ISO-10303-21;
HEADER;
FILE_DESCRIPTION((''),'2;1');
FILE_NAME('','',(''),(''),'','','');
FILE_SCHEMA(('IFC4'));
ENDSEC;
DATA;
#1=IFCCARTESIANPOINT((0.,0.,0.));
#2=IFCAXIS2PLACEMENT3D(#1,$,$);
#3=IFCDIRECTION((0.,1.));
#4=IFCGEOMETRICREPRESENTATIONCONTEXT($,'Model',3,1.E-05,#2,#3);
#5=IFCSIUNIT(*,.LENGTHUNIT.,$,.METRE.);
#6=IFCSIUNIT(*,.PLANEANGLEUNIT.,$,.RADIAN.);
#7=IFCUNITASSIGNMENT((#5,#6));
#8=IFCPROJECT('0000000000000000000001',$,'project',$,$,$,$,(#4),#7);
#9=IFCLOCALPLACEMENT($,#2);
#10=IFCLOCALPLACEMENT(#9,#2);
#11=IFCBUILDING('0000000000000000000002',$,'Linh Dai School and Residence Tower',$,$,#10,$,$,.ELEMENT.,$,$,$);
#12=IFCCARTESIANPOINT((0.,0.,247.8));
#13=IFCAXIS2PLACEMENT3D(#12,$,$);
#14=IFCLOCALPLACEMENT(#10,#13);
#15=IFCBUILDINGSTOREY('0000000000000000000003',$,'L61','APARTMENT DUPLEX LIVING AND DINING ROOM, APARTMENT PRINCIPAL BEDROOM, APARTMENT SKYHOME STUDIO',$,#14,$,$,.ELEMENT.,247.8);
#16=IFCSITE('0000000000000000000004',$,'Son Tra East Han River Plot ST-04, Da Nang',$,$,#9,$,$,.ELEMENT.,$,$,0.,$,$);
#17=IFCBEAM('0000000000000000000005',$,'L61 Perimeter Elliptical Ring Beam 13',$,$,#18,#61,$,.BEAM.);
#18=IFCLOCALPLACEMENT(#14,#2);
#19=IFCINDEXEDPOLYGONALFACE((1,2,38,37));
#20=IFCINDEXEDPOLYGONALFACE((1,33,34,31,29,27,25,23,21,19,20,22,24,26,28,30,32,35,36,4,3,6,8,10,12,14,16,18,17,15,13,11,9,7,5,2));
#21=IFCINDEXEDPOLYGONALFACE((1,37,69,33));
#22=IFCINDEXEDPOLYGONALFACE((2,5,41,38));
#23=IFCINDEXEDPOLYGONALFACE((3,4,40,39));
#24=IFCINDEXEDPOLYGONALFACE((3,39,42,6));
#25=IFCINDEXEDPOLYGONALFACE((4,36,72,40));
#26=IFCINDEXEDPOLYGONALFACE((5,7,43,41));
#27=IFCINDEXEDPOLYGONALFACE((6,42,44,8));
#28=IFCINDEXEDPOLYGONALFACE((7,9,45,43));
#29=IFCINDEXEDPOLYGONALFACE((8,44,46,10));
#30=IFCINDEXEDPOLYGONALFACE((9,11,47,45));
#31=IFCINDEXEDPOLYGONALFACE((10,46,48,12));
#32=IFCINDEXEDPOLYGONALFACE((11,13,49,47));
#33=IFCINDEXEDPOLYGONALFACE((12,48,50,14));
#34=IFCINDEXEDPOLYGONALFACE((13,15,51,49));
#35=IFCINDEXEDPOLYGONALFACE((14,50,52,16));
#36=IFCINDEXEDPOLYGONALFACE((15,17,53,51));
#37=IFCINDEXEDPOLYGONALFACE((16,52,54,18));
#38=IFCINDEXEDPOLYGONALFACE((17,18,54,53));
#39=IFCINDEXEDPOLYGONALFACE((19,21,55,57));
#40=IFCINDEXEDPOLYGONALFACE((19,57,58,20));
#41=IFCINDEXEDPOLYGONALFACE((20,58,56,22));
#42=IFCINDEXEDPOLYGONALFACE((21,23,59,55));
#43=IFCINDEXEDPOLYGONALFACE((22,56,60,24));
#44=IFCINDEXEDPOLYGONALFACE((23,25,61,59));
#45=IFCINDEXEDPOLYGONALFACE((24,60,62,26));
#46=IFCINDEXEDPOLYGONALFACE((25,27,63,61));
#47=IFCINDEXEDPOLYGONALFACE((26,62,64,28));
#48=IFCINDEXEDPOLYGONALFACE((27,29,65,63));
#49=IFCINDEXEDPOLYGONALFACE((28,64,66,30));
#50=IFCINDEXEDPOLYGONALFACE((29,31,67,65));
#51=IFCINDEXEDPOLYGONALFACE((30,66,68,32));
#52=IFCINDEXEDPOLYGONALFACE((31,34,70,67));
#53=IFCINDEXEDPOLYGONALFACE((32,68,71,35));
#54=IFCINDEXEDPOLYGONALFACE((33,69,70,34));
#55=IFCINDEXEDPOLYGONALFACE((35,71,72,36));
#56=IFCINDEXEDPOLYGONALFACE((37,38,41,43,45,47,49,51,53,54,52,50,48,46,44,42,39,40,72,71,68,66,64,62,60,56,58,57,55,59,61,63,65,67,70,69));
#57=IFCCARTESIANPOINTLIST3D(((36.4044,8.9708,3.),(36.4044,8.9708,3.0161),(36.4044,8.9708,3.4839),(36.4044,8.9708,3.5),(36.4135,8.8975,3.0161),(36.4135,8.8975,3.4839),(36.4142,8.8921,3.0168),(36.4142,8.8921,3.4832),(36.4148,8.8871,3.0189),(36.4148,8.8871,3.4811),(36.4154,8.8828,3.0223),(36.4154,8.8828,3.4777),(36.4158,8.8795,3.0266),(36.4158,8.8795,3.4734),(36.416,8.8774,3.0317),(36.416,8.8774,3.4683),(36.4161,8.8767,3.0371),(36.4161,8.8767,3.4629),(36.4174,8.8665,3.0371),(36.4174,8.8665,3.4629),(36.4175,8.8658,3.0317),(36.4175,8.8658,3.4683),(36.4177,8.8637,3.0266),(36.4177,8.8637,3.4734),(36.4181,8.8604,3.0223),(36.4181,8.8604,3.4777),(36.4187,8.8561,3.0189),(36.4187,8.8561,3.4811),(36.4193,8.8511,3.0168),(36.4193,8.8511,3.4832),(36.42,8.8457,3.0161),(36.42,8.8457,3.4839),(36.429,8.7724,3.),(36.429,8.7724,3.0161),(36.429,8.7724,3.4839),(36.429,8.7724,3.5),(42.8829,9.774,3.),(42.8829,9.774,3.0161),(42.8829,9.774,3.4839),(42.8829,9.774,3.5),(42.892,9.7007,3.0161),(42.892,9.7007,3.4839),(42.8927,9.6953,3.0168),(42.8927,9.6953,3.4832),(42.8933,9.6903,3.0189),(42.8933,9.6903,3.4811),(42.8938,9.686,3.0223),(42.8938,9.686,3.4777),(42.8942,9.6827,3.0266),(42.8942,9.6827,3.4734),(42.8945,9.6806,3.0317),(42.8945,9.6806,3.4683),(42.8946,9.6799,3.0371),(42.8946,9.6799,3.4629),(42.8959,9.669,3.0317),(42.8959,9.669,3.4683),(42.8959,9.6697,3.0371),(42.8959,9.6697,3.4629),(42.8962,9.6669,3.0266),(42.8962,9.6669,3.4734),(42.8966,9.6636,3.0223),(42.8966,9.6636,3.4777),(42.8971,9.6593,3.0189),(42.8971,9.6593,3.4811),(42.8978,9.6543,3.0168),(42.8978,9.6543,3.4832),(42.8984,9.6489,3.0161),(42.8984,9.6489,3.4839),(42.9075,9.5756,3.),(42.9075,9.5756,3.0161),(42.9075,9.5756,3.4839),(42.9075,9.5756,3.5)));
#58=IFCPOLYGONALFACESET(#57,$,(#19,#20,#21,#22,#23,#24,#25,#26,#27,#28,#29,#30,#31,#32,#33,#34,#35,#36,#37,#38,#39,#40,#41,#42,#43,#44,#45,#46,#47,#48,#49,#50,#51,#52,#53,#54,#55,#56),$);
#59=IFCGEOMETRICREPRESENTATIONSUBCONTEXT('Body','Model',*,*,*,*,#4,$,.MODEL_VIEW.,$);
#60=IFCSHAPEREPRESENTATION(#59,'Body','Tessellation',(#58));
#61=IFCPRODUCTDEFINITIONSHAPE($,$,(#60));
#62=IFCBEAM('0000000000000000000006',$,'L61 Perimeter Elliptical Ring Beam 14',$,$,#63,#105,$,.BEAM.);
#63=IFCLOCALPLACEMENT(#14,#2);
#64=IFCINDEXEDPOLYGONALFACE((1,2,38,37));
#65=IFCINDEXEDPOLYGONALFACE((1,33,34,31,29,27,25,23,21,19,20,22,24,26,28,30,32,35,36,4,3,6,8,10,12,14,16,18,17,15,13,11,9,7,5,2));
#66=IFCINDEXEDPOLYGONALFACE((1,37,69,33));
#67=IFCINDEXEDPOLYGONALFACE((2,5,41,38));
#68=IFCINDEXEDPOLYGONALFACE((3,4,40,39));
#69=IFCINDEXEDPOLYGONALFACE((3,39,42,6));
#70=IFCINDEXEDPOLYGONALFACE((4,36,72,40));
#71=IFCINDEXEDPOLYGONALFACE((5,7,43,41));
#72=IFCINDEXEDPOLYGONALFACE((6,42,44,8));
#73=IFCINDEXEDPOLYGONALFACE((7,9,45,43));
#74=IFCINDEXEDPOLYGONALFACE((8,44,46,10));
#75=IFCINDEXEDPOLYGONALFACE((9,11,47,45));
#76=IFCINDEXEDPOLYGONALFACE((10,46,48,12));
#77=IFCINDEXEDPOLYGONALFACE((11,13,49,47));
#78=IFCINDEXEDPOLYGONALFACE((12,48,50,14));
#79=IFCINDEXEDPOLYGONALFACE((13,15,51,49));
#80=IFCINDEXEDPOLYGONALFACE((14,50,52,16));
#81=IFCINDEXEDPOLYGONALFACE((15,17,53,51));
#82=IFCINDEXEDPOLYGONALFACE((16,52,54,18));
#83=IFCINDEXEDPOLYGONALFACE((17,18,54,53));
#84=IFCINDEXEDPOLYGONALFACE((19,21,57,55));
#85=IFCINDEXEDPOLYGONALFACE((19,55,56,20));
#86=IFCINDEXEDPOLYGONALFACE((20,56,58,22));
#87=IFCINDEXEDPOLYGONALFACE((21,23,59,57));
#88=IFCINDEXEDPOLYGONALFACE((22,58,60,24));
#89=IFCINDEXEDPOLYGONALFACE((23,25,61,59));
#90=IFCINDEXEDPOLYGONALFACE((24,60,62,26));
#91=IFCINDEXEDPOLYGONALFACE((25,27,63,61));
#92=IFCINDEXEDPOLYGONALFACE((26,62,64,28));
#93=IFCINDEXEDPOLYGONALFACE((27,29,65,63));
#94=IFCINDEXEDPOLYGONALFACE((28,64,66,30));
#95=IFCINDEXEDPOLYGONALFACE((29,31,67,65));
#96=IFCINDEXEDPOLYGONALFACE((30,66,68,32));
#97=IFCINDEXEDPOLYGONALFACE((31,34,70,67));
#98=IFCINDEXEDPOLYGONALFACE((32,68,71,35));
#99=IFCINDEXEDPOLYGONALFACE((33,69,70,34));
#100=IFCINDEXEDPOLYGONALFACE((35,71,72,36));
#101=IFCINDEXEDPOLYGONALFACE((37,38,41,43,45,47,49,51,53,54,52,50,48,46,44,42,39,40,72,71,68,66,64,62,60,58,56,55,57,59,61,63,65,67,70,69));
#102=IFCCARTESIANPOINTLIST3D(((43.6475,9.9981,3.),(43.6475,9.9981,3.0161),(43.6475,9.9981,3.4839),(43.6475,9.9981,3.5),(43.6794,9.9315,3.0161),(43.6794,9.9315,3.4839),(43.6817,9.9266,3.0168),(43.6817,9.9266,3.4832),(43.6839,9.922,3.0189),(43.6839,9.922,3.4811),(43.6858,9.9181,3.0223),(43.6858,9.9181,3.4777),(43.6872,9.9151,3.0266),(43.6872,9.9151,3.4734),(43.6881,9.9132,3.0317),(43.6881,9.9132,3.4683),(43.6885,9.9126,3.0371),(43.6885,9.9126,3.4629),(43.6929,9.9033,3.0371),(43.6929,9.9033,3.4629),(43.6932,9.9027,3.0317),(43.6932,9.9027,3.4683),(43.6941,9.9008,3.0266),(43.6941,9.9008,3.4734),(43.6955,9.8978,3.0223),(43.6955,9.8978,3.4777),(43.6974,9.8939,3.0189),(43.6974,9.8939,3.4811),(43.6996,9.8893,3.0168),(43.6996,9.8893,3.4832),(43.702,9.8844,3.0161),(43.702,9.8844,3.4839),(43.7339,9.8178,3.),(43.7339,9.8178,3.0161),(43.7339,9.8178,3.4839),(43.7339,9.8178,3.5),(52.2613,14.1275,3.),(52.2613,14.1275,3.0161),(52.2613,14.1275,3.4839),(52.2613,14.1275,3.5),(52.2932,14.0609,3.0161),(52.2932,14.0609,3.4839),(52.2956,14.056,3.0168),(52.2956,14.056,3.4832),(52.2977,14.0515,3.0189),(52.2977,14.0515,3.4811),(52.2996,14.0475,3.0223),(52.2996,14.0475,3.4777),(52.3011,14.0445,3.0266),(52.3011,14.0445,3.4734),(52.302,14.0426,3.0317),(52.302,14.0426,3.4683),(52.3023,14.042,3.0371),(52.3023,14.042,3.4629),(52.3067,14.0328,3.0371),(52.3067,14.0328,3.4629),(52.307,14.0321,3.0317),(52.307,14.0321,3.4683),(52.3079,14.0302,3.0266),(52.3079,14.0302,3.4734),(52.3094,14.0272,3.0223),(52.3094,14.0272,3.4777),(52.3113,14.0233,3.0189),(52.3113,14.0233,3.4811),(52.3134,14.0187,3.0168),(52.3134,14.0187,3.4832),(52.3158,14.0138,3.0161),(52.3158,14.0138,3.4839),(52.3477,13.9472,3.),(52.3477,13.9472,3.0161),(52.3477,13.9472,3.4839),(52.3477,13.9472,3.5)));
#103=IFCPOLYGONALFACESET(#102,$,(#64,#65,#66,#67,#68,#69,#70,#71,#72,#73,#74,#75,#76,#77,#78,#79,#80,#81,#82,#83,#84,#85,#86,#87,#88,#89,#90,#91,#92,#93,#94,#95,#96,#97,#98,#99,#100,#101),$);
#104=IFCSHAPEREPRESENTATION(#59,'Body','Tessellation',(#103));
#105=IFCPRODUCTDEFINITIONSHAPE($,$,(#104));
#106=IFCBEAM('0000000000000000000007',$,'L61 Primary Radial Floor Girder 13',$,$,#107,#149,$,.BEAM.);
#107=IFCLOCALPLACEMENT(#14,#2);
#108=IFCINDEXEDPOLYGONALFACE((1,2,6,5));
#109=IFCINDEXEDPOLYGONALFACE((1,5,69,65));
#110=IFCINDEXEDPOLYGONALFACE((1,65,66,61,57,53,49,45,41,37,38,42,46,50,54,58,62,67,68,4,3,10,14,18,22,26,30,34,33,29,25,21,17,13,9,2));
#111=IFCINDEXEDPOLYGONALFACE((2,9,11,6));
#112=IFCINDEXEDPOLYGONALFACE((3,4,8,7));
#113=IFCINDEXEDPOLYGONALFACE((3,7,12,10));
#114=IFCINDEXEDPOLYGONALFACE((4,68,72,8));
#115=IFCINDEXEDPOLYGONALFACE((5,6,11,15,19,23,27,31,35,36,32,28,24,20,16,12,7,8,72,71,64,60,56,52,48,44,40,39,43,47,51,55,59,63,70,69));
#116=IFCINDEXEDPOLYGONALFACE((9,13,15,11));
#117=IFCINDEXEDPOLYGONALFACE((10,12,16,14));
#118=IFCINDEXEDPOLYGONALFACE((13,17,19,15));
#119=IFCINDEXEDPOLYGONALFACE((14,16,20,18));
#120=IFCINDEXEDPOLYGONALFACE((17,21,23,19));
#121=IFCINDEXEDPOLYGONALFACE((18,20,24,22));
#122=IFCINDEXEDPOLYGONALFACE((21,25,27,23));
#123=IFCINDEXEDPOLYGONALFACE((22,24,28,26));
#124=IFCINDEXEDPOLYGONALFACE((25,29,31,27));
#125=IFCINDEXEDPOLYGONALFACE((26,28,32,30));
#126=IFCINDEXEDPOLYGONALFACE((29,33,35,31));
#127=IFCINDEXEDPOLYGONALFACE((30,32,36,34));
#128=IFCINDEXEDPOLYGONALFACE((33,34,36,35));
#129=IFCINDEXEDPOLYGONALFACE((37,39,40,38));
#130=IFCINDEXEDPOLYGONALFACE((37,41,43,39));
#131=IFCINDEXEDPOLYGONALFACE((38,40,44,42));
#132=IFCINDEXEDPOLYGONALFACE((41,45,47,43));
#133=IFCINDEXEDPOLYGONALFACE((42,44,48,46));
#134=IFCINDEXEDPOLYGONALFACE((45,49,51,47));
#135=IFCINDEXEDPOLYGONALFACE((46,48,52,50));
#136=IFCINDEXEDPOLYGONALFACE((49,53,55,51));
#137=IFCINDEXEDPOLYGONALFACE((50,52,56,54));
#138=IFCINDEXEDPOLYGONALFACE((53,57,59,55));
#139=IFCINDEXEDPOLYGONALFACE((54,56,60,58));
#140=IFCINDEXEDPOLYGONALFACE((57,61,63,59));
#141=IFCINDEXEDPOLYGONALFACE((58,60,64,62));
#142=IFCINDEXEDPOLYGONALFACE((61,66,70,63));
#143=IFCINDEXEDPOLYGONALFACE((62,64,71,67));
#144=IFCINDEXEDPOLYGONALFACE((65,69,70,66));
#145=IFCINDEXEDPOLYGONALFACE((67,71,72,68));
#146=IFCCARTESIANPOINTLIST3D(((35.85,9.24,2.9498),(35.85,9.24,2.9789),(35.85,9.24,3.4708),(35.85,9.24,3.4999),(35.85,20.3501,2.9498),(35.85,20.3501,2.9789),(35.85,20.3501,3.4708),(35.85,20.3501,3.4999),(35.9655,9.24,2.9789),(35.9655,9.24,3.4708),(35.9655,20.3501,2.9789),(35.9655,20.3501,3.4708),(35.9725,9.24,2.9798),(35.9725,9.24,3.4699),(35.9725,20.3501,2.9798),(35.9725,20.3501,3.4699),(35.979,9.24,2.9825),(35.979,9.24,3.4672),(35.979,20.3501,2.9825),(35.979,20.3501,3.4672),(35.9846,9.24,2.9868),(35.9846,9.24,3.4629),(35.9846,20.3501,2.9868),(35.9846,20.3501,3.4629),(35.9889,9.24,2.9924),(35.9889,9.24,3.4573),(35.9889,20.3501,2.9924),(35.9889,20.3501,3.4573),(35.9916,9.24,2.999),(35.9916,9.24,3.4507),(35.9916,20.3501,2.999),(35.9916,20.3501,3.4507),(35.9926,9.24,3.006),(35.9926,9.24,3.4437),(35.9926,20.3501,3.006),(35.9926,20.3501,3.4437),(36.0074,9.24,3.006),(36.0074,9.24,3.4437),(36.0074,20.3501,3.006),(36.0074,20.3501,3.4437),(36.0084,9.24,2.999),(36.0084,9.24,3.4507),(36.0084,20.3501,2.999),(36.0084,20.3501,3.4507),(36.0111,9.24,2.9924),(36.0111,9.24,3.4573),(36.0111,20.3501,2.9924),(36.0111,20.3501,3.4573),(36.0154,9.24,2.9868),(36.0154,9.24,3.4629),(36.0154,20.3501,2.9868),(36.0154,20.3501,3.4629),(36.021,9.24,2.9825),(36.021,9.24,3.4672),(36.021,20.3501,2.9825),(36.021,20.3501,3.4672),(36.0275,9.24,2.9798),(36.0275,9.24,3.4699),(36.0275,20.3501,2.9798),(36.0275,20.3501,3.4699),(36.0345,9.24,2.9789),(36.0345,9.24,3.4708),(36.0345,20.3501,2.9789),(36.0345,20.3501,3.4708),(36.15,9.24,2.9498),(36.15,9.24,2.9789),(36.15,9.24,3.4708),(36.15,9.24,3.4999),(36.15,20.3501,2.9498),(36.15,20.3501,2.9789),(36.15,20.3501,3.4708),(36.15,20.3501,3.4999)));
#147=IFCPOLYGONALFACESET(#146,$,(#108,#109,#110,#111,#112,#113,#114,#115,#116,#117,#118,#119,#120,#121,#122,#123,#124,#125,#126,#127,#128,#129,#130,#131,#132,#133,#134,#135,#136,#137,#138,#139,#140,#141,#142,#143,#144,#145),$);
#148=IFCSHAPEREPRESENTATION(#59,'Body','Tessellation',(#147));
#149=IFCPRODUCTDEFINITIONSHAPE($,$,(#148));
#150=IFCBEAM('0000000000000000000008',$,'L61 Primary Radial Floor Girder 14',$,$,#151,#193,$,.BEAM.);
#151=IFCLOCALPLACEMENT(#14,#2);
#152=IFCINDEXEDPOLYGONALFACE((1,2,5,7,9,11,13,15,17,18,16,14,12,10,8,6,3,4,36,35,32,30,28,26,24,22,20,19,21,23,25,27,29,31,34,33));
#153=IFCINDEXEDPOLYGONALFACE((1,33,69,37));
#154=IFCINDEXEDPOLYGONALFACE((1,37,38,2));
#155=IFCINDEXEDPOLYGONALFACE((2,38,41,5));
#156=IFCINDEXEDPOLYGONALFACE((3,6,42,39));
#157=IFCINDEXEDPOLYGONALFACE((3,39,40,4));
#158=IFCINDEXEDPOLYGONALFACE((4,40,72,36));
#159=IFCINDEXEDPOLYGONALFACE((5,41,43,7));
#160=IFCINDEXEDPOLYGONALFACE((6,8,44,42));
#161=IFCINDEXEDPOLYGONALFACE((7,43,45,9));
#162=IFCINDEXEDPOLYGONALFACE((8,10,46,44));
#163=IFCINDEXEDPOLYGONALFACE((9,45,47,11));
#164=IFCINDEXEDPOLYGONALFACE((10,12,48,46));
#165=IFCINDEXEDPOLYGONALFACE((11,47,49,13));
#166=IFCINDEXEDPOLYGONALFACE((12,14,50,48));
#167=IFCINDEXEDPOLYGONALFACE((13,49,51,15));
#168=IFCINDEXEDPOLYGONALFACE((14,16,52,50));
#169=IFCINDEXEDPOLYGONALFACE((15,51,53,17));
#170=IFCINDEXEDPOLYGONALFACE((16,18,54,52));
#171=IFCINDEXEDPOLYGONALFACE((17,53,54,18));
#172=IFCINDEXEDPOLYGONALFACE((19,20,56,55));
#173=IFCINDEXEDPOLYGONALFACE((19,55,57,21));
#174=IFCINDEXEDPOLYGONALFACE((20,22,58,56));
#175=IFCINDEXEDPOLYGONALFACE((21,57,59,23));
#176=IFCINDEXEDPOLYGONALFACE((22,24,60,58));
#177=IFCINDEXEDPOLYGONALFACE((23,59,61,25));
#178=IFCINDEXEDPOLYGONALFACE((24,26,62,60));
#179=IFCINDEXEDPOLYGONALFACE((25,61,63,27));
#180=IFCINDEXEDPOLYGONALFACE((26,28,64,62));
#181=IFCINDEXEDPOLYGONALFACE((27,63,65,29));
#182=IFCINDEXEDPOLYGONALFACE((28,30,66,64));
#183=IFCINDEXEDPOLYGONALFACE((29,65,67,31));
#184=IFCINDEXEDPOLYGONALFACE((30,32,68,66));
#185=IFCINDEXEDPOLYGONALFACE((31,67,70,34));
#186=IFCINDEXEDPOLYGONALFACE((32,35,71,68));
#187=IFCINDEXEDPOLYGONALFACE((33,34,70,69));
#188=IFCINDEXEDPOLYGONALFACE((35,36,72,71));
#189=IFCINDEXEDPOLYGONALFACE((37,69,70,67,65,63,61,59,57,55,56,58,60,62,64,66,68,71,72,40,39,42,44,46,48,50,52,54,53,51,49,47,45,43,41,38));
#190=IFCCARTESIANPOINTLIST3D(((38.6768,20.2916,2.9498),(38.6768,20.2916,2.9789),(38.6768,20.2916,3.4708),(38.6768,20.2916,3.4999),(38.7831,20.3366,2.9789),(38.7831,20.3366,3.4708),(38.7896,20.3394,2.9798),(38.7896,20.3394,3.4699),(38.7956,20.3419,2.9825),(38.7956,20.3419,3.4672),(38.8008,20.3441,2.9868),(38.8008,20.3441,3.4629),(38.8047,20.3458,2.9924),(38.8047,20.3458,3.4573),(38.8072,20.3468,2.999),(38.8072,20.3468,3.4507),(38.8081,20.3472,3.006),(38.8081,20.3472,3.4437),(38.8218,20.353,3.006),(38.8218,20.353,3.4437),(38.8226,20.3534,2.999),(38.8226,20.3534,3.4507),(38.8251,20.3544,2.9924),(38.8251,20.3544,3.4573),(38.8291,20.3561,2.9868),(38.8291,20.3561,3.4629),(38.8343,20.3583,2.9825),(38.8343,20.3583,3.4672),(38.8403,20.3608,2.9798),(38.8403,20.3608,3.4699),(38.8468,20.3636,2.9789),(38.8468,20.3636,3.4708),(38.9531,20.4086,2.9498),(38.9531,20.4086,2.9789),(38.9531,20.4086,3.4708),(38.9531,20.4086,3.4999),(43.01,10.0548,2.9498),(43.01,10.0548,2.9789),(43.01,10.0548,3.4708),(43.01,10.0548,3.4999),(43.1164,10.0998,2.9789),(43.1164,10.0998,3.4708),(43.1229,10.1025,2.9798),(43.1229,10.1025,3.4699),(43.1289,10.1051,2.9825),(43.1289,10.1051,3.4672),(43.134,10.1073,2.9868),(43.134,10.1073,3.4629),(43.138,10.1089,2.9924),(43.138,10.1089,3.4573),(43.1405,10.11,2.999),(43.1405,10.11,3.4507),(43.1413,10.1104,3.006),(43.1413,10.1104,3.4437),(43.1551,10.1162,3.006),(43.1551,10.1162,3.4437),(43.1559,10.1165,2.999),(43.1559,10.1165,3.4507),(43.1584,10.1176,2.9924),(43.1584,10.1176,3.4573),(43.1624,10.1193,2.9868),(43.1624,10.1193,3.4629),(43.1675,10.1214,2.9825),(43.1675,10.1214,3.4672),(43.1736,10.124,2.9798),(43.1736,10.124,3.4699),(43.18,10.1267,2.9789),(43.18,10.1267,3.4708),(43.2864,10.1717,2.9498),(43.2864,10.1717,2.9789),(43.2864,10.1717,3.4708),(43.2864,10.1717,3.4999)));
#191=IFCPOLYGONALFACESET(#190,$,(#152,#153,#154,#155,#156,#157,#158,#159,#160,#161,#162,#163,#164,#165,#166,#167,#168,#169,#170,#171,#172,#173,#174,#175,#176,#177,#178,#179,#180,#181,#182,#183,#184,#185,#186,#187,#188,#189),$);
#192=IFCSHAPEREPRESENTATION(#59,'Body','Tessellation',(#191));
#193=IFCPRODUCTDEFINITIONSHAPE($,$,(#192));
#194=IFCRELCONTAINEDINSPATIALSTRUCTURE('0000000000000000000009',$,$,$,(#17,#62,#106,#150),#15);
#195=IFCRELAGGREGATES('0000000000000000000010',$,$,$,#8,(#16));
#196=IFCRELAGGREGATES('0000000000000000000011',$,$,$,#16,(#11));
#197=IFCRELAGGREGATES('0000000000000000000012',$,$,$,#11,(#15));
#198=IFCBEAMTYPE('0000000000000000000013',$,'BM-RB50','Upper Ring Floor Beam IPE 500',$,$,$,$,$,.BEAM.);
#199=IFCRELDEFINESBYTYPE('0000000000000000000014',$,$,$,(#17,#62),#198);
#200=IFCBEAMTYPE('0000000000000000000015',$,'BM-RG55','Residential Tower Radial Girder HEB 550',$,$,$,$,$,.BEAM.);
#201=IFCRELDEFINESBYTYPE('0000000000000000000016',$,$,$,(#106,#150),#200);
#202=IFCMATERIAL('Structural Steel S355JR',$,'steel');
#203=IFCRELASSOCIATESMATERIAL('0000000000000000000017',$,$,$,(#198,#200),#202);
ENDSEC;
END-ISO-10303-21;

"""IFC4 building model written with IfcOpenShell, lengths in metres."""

from ifc_helpers import new_model, si_unit, direction, frame, origin, origin_2d, place, context, subcontext, project, spatial, i_section, extrude, material, material_profile, profile_set, type_object, element, save


model = new_model("IFC4")

# Units and contexts
model_context = context("Model", 3, precision=1e-05, world=origin(), true_north=direction((0.0, 1.0)))
body_context = subcontext(model_context, "Body", "Model", "MODEL_VIEW")
ifc_project = project(units=[si_unit("LENGTHUNIT", "METRE"), si_unit("PLANEANGLEUNIT", "RADIAN")], contexts=[model_context])

# Site, building, storey
site_placement = place(None, origin())
site = spatial("IfcSite", under=ifc_project, at=site_placement, Name="Son Tra East Han River Plot ST-04, Da Nang", CompositionType="ELEMENT", RefElevation=0.0)
building_placement = place(site_placement, origin())
building = spatial("IfcBuilding", under=site, at=building_placement, Name="Linh Dai School and Residence Tower", CompositionType="ELEMENT")
storey_placement = place(building_placement, frame((0.0, 0.0, 247.8)))
storey = spatial("IfcBuildingStorey", under=building, at=storey_placement, Name="L61", Description="APARTMENT DUPLEX LIVING AND DINING ROOM, APARTMENT PRINCIPAL BEDROOM, APARTMENT SKYHOME STUDIO", CompositionType="ELEMENT", Elevation=247.8)

# Shared definitions
ifc_material_1 = material(Name="Structural Steel S355JR", Category="steel")

# Beams
ifc_material_profile_1 = material_profile(ifc_material_1, i_section(OverallWidth=0.2, OverallDepth=0.5, WebThickness=0.0103, FlangeThickness=0.0161, FilletRadius=0.021, at=origin_2d()), Name="IPE 500")
ifc_profile_set_1 = profile_set([ifc_material_profile_1], Name="Structural Steel S355JR")
beam_type_1 = type_object("IfcBeamType", Name="BM-RB50", Description="Upper Ring Floor Beam IPE 500", PredefinedType="BEAM", material=ifc_profile_set_1)
beam_1_placement = place(storey_placement, frame((36.4167, 8.8716, 3.25), z_axis=(0.992402, 0.12304, 0.0), x_axis=(-0.12304, 0.992402, 0.0)))
element("IfcBeam", 1, at=beam_1_placement, inside=storey, type_object=beam_type_1, Name="L61 Perimeter Elliptical Ring Beam 13", PredefinedType="BEAM", context=body_context, shape_type="SweptSolid", body=[
    extrude(i_section(OverallWidth=0.2, OverallDepth=0.5, WebThickness=0.0103, FlangeThickness=0.0161, FilletRadius=0.021, at=origin_2d()), origin(), (0.0, 0.0, 1.0), 6.5281),
])
beam_2_placement = place(storey_placement, frame((43.6907, 9.908, 3.25), z_axis=(0.901736, 0.432287, 0.0), x_axis=(-0.432287, 0.901736, 0.0)))
element("IfcBeam", 2, at=beam_2_placement, inside=storey, type_object=beam_type_1, Name="L61 Perimeter Elliptical Ring Beam 14", PredefinedType="BEAM", context=body_context, shape_type="SweptSolid", body=[
    extrude(i_section(OverallWidth=0.2, OverallDepth=0.5, WebThickness=0.0103, FlangeThickness=0.0161, FilletRadius=0.021, at=origin_2d()), origin(), (0.0, 0.0, 1.0), 9.5525),
])
ifc_material_profile_2 = material_profile(ifc_material_1, i_section(OverallWidth=0.3, OverallDepth=0.55, WebThickness=0.0149, FlangeThickness=0.0291, FilletRadius=0.0271, at=origin_2d()), Name="HEB 550")
ifc_profile_set_2 = profile_set([ifc_material_profile_2], Name="Structural Steel S355JR")
beam_type_2 = type_object("IfcBeamType", Name="BM-RG55", Description="Residential Tower Radial Girder HEB 550", PredefinedType="BEAM", material=ifc_profile_set_2)
beam_3_placement = place(storey_placement, frame((36.0, 20.3501, 3.2249), z_axis=(0.0, -1.0, 0.0), x_axis=(1.0, 0.0, 0.0)))
element("IfcBeam", 3, at=beam_3_placement, inside=storey, type_object=beam_type_2, Name="L61 Primary Radial Floor Girder 13", PredefinedType="BEAM", context=body_context, shape_type="SweptSolid", body=[
    extrude(i_section(OverallWidth=0.3, OverallDepth=0.55, WebThickness=0.0149, FlangeThickness=0.0291, FilletRadius=0.0271, at=origin_2d()), origin(), (0.0, 0.0, 1.0), 11.1101),
])
beam_4_placement = place(storey_placement, frame((38.8149, 20.3501, 3.2249), z_axis=(0.389815, -0.920893, 0.0), x_axis=(0.920893, 0.389815, 0.0)))
element("IfcBeam", 4, at=beam_4_placement, inside=storey, type_object=beam_type_2, Name="L61 Primary Radial Floor Girder 14", PredefinedType="BEAM", context=body_context, shape_type="SweptSolid", body=[
    extrude(i_section(OverallWidth=0.3, OverallDepth=0.55, WebThickness=0.0149, FlangeThickness=0.0291, FilletRadius=0.0271, at=origin_2d()), origin(), (0.0, 0.0, 1.0), 11.1162),
])

save(model, "model.ifc")
